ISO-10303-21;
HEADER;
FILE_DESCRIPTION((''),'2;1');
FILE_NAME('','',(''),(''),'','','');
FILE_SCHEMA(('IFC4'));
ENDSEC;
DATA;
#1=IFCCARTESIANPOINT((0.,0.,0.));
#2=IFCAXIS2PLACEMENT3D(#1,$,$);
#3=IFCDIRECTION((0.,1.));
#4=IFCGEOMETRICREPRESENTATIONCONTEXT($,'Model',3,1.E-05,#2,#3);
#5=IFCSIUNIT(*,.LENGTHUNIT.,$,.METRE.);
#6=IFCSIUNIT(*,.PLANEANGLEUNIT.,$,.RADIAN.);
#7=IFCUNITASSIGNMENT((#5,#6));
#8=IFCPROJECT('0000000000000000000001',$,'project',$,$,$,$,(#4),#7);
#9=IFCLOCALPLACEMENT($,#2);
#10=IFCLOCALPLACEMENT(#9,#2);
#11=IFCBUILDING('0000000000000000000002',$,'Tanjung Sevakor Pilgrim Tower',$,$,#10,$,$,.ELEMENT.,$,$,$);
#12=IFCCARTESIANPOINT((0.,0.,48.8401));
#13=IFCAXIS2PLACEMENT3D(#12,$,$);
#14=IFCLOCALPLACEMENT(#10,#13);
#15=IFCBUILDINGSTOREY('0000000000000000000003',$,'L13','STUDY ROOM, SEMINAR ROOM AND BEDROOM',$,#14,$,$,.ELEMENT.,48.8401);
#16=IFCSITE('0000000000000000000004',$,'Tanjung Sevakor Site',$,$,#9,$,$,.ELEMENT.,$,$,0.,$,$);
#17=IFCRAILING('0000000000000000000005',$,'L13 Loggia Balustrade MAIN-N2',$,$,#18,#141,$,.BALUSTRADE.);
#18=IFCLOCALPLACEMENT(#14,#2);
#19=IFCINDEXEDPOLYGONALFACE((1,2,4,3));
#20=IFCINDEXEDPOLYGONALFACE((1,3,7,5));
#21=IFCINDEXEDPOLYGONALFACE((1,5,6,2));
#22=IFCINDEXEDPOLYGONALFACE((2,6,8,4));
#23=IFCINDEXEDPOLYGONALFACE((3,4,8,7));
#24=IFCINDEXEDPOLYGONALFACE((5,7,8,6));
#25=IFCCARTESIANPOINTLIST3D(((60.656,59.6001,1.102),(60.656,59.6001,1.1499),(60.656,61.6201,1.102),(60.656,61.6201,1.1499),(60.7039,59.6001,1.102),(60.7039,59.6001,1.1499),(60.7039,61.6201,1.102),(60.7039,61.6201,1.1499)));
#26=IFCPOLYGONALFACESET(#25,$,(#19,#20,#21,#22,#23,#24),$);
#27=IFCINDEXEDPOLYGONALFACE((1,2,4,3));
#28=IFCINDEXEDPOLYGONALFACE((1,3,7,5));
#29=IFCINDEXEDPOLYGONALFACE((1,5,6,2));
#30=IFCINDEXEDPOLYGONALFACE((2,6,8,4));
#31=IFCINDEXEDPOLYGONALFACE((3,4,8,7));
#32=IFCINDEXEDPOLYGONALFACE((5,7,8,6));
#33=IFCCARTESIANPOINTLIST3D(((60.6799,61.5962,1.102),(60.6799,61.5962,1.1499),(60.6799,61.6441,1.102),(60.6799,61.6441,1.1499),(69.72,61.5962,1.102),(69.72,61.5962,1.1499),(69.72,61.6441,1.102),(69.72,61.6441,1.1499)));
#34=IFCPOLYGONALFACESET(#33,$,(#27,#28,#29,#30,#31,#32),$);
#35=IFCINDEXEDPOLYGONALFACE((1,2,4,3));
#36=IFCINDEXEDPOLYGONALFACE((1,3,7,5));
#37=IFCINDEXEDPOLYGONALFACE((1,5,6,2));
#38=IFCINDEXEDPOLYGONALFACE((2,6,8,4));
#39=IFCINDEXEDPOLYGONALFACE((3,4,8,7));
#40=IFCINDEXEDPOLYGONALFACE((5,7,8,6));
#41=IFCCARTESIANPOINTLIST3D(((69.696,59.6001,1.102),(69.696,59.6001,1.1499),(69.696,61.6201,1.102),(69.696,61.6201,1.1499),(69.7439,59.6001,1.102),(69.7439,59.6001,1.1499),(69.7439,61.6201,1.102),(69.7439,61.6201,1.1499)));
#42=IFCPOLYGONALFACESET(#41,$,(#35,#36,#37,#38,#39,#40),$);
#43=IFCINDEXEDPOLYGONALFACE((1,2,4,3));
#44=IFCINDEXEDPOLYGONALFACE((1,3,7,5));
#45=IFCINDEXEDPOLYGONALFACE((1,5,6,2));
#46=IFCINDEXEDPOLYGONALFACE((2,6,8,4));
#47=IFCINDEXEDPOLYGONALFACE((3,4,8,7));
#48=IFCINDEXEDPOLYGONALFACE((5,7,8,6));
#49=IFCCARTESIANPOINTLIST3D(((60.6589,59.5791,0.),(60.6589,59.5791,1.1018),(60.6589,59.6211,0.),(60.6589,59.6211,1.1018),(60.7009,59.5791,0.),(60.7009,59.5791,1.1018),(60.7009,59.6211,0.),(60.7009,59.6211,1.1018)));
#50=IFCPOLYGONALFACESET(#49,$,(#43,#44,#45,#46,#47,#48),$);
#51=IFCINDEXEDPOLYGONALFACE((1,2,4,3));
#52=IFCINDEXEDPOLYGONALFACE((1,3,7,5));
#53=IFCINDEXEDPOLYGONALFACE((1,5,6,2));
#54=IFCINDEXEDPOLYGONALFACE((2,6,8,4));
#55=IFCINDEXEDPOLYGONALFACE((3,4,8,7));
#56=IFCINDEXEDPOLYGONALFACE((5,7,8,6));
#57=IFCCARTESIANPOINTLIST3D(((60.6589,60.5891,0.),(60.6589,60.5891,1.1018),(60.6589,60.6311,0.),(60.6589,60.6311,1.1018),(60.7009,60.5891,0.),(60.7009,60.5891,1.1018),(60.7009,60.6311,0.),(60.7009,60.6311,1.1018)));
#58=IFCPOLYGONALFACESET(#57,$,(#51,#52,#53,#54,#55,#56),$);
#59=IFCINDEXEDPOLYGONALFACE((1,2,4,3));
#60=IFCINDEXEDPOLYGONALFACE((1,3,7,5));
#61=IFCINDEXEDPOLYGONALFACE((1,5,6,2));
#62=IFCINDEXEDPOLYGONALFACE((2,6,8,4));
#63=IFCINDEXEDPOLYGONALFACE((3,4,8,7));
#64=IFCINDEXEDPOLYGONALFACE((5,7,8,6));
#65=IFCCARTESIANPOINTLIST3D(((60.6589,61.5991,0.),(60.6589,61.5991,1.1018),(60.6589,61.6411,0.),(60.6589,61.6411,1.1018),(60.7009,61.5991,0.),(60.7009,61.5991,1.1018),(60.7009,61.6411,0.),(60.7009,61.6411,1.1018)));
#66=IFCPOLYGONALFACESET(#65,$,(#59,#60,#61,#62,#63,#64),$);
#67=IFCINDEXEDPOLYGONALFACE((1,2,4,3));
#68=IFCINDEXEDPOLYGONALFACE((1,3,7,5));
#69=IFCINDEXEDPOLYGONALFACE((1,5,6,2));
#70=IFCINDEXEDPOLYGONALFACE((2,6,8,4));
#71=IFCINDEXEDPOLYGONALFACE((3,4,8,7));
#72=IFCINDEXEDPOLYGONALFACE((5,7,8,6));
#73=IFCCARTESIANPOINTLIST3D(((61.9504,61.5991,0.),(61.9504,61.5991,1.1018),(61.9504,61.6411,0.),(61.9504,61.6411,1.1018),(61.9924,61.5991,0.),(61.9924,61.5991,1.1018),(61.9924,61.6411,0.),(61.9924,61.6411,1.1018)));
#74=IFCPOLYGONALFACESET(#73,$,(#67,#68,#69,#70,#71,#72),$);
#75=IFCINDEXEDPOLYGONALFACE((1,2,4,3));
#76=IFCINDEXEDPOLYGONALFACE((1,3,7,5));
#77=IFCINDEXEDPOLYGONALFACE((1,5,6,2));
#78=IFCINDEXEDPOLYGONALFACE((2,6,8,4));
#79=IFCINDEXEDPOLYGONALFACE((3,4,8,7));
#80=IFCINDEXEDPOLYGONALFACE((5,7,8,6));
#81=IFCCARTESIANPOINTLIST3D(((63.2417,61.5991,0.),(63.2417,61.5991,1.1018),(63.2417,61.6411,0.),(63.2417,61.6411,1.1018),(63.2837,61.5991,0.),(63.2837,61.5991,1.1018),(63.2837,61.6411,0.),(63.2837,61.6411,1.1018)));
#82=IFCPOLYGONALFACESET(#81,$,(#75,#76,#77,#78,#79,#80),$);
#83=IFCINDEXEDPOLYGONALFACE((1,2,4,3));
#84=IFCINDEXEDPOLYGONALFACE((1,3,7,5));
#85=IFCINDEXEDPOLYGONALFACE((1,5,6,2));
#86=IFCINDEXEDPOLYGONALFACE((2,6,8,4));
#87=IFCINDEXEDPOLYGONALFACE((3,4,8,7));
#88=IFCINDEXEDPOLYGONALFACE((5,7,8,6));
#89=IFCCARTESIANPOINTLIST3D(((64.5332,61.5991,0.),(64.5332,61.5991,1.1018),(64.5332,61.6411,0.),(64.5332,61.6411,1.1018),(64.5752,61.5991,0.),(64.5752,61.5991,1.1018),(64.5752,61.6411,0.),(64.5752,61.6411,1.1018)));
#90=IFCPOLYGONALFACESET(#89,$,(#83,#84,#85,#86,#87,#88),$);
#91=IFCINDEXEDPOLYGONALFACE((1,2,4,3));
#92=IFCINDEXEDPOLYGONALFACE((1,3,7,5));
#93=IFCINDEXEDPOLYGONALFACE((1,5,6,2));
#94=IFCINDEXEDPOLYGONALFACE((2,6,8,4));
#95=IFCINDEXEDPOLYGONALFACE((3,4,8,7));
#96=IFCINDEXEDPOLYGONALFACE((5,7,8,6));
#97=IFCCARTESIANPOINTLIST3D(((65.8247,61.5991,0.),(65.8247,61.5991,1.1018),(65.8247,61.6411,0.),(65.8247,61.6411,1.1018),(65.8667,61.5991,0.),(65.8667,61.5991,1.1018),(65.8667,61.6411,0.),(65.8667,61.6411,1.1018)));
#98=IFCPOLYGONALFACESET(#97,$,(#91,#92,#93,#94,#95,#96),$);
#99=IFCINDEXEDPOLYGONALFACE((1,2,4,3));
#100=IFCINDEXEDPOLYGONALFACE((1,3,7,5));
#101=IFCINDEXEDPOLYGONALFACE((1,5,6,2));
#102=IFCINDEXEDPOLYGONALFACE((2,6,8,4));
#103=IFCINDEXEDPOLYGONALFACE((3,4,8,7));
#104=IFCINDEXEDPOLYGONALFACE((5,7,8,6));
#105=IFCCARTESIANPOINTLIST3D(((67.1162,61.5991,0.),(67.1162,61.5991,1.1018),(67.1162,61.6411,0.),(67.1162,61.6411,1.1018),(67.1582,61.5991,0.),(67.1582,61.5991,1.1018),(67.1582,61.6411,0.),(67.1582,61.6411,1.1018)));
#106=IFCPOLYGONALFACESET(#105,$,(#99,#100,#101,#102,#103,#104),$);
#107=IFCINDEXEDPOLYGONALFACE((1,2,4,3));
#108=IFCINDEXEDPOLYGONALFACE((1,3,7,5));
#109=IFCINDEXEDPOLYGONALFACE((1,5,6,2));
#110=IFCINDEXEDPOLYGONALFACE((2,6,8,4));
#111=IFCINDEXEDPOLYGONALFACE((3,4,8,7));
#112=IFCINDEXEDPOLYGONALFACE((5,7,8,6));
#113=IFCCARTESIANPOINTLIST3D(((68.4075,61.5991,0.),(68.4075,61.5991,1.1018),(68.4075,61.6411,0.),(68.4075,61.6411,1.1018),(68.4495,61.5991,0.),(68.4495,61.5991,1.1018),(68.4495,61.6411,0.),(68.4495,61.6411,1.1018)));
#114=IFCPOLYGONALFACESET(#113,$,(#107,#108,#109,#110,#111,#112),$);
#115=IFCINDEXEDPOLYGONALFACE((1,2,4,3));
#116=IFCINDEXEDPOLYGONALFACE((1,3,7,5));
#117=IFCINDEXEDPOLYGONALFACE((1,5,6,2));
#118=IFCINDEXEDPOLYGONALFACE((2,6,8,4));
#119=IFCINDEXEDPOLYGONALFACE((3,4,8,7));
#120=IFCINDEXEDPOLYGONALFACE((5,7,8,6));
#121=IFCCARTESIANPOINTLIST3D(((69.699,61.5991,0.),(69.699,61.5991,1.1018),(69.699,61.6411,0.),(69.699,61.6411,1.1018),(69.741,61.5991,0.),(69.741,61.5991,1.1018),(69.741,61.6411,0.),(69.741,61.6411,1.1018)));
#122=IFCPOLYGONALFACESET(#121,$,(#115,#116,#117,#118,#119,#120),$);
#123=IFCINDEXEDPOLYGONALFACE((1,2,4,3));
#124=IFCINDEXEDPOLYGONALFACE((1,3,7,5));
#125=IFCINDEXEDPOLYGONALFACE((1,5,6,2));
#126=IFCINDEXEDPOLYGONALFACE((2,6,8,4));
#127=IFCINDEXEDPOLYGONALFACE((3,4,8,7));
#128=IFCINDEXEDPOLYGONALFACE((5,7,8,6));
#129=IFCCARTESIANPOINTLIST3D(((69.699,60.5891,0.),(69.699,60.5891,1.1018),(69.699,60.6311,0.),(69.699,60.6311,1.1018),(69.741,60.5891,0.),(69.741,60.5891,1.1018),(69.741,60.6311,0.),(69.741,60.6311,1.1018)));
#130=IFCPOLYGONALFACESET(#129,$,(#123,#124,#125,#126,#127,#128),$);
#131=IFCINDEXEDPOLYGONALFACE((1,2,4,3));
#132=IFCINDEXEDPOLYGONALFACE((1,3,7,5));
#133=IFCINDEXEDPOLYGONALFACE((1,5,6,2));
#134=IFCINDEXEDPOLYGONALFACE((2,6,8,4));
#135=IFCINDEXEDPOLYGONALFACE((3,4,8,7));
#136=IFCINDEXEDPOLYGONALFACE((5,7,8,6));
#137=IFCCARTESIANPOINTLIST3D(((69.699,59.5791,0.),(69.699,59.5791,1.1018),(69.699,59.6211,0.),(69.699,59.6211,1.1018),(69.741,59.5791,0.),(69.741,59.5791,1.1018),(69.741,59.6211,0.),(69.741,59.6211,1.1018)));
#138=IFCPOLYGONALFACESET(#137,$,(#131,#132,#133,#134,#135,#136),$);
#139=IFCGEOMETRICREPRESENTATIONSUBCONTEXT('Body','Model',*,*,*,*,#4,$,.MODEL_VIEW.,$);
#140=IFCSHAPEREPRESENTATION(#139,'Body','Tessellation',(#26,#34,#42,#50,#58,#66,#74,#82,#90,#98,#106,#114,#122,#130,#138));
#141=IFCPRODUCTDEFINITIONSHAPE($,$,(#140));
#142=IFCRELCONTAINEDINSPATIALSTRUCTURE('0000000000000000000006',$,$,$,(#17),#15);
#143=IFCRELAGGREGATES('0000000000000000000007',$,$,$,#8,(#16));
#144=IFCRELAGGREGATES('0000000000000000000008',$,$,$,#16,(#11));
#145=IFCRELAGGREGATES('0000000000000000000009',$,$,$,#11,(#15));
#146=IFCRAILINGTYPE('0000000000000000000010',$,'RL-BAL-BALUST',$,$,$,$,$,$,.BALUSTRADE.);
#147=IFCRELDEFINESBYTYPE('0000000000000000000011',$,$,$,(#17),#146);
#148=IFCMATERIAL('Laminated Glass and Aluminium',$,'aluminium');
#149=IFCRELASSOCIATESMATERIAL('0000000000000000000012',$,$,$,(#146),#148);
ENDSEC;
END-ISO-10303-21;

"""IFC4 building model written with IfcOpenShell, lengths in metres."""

from ifc_helpers import new_model, si_unit, direction, frame, origin, place, context, subcontext, project, spatial, rectangle, extrude, material, type_object, element, save


model = new_model("IFC4")

# Units and contexts
model_context = context("Model", 3, precision=1e-05, world=origin(), true_north=direction((0.0, 1.0)))
body_context = subcontext(model_context, "Body", "Model", "MODEL_VIEW")
ifc_project = project(units=[si_unit("LENGTHUNIT", "METRE"), si_unit("PLANEANGLEUNIT", "RADIAN")], contexts=[model_context])

# Site, building, storey
site_placement = place(None, origin())
site = spatial("IfcSite", under=ifc_project, at=site_placement, Name="Tanjung Sevakor Site", CompositionType="ELEMENT", RefElevation=0.0)
building_placement = place(site_placement, origin())
building = spatial("IfcBuilding", under=site, at=building_placement, Name="Tanjung Sevakor Pilgrim Tower", CompositionType="ELEMENT")
storey_placement = place(building_placement, frame((0.0, 0.0, 48.8401)))
storey = spatial("IfcBuildingStorey", under=building, at=storey_placement, Name="L13", Description="STUDY ROOM, SEMINAR ROOM AND BEDROOM", CompositionType="ELEMENT", Elevation=48.8401)

# Railing
ifc_material_1 = material(Name="Laminated Glass and Aluminium", Category="aluminium")
railing_type = type_object("IfcRailingType", Name="RL-BAL-BALUST", PredefinedType="BALUSTRADE", material=ifc_material_1)
railing_1_placement = place(storey_placement, frame((60.6799, 59.6001, 0.0)))
element("IfcRailing", 1, at=railing_1_placement, inside=storey, type_object=railing_type, Name="L13 Loggia Balustrade MAIN-N2", PredefinedType="BALUSTRADE", context=body_context, shape_type="SweptSolid", body=[
    extrude(rectangle(XDim=0.0479, YDim=0.0479), frame((0.0, 0.0, 1.126), z_axis=(0.0, 1.0, 0.0), x_axis=(-1.0, 0.0, 0.0)), (0.0, 0.0, 1.0), 2.02),
    extrude(rectangle(XDim=0.0479, YDim=0.0479), frame((0.0, 2.02, 1.126), z_axis=(1.0, 0.0, 0.0), x_axis=(0.0, 1.0, 0.0)), (0.0, 0.0, 1.0), 9.04),
    extrude(rectangle(XDim=0.0479, YDim=0.0479), frame((9.04, 2.02, 1.126), z_axis=(0.0, -1.0, 0.0), x_axis=(1.0, 0.0, 0.0)), (0.0, 0.0, 1.0), 2.02),
    extrude(rectangle(XDim=0.042, YDim=0.042), origin(), (0.0, 0.0, 1.0), 1.1018),
    extrude(rectangle(XDim=0.042, YDim=0.042), frame((0.0, 1.01, 0.0)), (0.0, 0.0, 1.0), 1.1018),
    extrude(rectangle(XDim=0.042, YDim=0.042), frame((0.0, 2.02, 0.0)), (0.0, 0.0, 1.0), 1.1018),
    extrude(rectangle(XDim=0.042, YDim=0.042), frame((1.2915, 2.02, 0.0)), (0.0, 0.0, 1.0), 1.1018),
    extrude(rectangle(XDim=0.042, YDim=0.042), frame((2.5828, 2.02, 0.0)), (0.0, 0.0, 1.0), 1.1018),
    extrude(rectangle(XDim=0.042, YDim=0.042), frame((3.8743, 2.02, 0.0)), (0.0, 0.0, 1.0), 1.1018),
    extrude(rectangle(XDim=0.042, YDim=0.042), frame((5.1658, 2.02, 0.0)), (0.0, 0.0, 1.0), 1.1018),
    extrude(rectangle(XDim=0.042, YDim=0.042), frame((6.4573, 2.02, 0.0)), (0.0, 0.0, 1.0), 1.1018),
    extrude(rectangle(XDim=0.042, YDim=0.042), frame((7.7485, 2.02, 0.0)), (0.0, 0.0, 1.0), 1.1018),
    extrude(rectangle(XDim=0.042, YDim=0.042), frame((9.04, 2.02, 0.0)), (0.0, 0.0, 1.0), 1.1018),
    extrude(rectangle(XDim=0.042, YDim=0.042), frame((9.04, 1.01, 0.0)), (0.0, 0.0, 1.0), 1.1018),
    extrude(rectangle(XDim=0.042, YDim=0.042), frame((9.04, 0.0, 0.0)), (0.0, 0.0, 1.0), 1.1018),
])

save(model, "model.ifc")
